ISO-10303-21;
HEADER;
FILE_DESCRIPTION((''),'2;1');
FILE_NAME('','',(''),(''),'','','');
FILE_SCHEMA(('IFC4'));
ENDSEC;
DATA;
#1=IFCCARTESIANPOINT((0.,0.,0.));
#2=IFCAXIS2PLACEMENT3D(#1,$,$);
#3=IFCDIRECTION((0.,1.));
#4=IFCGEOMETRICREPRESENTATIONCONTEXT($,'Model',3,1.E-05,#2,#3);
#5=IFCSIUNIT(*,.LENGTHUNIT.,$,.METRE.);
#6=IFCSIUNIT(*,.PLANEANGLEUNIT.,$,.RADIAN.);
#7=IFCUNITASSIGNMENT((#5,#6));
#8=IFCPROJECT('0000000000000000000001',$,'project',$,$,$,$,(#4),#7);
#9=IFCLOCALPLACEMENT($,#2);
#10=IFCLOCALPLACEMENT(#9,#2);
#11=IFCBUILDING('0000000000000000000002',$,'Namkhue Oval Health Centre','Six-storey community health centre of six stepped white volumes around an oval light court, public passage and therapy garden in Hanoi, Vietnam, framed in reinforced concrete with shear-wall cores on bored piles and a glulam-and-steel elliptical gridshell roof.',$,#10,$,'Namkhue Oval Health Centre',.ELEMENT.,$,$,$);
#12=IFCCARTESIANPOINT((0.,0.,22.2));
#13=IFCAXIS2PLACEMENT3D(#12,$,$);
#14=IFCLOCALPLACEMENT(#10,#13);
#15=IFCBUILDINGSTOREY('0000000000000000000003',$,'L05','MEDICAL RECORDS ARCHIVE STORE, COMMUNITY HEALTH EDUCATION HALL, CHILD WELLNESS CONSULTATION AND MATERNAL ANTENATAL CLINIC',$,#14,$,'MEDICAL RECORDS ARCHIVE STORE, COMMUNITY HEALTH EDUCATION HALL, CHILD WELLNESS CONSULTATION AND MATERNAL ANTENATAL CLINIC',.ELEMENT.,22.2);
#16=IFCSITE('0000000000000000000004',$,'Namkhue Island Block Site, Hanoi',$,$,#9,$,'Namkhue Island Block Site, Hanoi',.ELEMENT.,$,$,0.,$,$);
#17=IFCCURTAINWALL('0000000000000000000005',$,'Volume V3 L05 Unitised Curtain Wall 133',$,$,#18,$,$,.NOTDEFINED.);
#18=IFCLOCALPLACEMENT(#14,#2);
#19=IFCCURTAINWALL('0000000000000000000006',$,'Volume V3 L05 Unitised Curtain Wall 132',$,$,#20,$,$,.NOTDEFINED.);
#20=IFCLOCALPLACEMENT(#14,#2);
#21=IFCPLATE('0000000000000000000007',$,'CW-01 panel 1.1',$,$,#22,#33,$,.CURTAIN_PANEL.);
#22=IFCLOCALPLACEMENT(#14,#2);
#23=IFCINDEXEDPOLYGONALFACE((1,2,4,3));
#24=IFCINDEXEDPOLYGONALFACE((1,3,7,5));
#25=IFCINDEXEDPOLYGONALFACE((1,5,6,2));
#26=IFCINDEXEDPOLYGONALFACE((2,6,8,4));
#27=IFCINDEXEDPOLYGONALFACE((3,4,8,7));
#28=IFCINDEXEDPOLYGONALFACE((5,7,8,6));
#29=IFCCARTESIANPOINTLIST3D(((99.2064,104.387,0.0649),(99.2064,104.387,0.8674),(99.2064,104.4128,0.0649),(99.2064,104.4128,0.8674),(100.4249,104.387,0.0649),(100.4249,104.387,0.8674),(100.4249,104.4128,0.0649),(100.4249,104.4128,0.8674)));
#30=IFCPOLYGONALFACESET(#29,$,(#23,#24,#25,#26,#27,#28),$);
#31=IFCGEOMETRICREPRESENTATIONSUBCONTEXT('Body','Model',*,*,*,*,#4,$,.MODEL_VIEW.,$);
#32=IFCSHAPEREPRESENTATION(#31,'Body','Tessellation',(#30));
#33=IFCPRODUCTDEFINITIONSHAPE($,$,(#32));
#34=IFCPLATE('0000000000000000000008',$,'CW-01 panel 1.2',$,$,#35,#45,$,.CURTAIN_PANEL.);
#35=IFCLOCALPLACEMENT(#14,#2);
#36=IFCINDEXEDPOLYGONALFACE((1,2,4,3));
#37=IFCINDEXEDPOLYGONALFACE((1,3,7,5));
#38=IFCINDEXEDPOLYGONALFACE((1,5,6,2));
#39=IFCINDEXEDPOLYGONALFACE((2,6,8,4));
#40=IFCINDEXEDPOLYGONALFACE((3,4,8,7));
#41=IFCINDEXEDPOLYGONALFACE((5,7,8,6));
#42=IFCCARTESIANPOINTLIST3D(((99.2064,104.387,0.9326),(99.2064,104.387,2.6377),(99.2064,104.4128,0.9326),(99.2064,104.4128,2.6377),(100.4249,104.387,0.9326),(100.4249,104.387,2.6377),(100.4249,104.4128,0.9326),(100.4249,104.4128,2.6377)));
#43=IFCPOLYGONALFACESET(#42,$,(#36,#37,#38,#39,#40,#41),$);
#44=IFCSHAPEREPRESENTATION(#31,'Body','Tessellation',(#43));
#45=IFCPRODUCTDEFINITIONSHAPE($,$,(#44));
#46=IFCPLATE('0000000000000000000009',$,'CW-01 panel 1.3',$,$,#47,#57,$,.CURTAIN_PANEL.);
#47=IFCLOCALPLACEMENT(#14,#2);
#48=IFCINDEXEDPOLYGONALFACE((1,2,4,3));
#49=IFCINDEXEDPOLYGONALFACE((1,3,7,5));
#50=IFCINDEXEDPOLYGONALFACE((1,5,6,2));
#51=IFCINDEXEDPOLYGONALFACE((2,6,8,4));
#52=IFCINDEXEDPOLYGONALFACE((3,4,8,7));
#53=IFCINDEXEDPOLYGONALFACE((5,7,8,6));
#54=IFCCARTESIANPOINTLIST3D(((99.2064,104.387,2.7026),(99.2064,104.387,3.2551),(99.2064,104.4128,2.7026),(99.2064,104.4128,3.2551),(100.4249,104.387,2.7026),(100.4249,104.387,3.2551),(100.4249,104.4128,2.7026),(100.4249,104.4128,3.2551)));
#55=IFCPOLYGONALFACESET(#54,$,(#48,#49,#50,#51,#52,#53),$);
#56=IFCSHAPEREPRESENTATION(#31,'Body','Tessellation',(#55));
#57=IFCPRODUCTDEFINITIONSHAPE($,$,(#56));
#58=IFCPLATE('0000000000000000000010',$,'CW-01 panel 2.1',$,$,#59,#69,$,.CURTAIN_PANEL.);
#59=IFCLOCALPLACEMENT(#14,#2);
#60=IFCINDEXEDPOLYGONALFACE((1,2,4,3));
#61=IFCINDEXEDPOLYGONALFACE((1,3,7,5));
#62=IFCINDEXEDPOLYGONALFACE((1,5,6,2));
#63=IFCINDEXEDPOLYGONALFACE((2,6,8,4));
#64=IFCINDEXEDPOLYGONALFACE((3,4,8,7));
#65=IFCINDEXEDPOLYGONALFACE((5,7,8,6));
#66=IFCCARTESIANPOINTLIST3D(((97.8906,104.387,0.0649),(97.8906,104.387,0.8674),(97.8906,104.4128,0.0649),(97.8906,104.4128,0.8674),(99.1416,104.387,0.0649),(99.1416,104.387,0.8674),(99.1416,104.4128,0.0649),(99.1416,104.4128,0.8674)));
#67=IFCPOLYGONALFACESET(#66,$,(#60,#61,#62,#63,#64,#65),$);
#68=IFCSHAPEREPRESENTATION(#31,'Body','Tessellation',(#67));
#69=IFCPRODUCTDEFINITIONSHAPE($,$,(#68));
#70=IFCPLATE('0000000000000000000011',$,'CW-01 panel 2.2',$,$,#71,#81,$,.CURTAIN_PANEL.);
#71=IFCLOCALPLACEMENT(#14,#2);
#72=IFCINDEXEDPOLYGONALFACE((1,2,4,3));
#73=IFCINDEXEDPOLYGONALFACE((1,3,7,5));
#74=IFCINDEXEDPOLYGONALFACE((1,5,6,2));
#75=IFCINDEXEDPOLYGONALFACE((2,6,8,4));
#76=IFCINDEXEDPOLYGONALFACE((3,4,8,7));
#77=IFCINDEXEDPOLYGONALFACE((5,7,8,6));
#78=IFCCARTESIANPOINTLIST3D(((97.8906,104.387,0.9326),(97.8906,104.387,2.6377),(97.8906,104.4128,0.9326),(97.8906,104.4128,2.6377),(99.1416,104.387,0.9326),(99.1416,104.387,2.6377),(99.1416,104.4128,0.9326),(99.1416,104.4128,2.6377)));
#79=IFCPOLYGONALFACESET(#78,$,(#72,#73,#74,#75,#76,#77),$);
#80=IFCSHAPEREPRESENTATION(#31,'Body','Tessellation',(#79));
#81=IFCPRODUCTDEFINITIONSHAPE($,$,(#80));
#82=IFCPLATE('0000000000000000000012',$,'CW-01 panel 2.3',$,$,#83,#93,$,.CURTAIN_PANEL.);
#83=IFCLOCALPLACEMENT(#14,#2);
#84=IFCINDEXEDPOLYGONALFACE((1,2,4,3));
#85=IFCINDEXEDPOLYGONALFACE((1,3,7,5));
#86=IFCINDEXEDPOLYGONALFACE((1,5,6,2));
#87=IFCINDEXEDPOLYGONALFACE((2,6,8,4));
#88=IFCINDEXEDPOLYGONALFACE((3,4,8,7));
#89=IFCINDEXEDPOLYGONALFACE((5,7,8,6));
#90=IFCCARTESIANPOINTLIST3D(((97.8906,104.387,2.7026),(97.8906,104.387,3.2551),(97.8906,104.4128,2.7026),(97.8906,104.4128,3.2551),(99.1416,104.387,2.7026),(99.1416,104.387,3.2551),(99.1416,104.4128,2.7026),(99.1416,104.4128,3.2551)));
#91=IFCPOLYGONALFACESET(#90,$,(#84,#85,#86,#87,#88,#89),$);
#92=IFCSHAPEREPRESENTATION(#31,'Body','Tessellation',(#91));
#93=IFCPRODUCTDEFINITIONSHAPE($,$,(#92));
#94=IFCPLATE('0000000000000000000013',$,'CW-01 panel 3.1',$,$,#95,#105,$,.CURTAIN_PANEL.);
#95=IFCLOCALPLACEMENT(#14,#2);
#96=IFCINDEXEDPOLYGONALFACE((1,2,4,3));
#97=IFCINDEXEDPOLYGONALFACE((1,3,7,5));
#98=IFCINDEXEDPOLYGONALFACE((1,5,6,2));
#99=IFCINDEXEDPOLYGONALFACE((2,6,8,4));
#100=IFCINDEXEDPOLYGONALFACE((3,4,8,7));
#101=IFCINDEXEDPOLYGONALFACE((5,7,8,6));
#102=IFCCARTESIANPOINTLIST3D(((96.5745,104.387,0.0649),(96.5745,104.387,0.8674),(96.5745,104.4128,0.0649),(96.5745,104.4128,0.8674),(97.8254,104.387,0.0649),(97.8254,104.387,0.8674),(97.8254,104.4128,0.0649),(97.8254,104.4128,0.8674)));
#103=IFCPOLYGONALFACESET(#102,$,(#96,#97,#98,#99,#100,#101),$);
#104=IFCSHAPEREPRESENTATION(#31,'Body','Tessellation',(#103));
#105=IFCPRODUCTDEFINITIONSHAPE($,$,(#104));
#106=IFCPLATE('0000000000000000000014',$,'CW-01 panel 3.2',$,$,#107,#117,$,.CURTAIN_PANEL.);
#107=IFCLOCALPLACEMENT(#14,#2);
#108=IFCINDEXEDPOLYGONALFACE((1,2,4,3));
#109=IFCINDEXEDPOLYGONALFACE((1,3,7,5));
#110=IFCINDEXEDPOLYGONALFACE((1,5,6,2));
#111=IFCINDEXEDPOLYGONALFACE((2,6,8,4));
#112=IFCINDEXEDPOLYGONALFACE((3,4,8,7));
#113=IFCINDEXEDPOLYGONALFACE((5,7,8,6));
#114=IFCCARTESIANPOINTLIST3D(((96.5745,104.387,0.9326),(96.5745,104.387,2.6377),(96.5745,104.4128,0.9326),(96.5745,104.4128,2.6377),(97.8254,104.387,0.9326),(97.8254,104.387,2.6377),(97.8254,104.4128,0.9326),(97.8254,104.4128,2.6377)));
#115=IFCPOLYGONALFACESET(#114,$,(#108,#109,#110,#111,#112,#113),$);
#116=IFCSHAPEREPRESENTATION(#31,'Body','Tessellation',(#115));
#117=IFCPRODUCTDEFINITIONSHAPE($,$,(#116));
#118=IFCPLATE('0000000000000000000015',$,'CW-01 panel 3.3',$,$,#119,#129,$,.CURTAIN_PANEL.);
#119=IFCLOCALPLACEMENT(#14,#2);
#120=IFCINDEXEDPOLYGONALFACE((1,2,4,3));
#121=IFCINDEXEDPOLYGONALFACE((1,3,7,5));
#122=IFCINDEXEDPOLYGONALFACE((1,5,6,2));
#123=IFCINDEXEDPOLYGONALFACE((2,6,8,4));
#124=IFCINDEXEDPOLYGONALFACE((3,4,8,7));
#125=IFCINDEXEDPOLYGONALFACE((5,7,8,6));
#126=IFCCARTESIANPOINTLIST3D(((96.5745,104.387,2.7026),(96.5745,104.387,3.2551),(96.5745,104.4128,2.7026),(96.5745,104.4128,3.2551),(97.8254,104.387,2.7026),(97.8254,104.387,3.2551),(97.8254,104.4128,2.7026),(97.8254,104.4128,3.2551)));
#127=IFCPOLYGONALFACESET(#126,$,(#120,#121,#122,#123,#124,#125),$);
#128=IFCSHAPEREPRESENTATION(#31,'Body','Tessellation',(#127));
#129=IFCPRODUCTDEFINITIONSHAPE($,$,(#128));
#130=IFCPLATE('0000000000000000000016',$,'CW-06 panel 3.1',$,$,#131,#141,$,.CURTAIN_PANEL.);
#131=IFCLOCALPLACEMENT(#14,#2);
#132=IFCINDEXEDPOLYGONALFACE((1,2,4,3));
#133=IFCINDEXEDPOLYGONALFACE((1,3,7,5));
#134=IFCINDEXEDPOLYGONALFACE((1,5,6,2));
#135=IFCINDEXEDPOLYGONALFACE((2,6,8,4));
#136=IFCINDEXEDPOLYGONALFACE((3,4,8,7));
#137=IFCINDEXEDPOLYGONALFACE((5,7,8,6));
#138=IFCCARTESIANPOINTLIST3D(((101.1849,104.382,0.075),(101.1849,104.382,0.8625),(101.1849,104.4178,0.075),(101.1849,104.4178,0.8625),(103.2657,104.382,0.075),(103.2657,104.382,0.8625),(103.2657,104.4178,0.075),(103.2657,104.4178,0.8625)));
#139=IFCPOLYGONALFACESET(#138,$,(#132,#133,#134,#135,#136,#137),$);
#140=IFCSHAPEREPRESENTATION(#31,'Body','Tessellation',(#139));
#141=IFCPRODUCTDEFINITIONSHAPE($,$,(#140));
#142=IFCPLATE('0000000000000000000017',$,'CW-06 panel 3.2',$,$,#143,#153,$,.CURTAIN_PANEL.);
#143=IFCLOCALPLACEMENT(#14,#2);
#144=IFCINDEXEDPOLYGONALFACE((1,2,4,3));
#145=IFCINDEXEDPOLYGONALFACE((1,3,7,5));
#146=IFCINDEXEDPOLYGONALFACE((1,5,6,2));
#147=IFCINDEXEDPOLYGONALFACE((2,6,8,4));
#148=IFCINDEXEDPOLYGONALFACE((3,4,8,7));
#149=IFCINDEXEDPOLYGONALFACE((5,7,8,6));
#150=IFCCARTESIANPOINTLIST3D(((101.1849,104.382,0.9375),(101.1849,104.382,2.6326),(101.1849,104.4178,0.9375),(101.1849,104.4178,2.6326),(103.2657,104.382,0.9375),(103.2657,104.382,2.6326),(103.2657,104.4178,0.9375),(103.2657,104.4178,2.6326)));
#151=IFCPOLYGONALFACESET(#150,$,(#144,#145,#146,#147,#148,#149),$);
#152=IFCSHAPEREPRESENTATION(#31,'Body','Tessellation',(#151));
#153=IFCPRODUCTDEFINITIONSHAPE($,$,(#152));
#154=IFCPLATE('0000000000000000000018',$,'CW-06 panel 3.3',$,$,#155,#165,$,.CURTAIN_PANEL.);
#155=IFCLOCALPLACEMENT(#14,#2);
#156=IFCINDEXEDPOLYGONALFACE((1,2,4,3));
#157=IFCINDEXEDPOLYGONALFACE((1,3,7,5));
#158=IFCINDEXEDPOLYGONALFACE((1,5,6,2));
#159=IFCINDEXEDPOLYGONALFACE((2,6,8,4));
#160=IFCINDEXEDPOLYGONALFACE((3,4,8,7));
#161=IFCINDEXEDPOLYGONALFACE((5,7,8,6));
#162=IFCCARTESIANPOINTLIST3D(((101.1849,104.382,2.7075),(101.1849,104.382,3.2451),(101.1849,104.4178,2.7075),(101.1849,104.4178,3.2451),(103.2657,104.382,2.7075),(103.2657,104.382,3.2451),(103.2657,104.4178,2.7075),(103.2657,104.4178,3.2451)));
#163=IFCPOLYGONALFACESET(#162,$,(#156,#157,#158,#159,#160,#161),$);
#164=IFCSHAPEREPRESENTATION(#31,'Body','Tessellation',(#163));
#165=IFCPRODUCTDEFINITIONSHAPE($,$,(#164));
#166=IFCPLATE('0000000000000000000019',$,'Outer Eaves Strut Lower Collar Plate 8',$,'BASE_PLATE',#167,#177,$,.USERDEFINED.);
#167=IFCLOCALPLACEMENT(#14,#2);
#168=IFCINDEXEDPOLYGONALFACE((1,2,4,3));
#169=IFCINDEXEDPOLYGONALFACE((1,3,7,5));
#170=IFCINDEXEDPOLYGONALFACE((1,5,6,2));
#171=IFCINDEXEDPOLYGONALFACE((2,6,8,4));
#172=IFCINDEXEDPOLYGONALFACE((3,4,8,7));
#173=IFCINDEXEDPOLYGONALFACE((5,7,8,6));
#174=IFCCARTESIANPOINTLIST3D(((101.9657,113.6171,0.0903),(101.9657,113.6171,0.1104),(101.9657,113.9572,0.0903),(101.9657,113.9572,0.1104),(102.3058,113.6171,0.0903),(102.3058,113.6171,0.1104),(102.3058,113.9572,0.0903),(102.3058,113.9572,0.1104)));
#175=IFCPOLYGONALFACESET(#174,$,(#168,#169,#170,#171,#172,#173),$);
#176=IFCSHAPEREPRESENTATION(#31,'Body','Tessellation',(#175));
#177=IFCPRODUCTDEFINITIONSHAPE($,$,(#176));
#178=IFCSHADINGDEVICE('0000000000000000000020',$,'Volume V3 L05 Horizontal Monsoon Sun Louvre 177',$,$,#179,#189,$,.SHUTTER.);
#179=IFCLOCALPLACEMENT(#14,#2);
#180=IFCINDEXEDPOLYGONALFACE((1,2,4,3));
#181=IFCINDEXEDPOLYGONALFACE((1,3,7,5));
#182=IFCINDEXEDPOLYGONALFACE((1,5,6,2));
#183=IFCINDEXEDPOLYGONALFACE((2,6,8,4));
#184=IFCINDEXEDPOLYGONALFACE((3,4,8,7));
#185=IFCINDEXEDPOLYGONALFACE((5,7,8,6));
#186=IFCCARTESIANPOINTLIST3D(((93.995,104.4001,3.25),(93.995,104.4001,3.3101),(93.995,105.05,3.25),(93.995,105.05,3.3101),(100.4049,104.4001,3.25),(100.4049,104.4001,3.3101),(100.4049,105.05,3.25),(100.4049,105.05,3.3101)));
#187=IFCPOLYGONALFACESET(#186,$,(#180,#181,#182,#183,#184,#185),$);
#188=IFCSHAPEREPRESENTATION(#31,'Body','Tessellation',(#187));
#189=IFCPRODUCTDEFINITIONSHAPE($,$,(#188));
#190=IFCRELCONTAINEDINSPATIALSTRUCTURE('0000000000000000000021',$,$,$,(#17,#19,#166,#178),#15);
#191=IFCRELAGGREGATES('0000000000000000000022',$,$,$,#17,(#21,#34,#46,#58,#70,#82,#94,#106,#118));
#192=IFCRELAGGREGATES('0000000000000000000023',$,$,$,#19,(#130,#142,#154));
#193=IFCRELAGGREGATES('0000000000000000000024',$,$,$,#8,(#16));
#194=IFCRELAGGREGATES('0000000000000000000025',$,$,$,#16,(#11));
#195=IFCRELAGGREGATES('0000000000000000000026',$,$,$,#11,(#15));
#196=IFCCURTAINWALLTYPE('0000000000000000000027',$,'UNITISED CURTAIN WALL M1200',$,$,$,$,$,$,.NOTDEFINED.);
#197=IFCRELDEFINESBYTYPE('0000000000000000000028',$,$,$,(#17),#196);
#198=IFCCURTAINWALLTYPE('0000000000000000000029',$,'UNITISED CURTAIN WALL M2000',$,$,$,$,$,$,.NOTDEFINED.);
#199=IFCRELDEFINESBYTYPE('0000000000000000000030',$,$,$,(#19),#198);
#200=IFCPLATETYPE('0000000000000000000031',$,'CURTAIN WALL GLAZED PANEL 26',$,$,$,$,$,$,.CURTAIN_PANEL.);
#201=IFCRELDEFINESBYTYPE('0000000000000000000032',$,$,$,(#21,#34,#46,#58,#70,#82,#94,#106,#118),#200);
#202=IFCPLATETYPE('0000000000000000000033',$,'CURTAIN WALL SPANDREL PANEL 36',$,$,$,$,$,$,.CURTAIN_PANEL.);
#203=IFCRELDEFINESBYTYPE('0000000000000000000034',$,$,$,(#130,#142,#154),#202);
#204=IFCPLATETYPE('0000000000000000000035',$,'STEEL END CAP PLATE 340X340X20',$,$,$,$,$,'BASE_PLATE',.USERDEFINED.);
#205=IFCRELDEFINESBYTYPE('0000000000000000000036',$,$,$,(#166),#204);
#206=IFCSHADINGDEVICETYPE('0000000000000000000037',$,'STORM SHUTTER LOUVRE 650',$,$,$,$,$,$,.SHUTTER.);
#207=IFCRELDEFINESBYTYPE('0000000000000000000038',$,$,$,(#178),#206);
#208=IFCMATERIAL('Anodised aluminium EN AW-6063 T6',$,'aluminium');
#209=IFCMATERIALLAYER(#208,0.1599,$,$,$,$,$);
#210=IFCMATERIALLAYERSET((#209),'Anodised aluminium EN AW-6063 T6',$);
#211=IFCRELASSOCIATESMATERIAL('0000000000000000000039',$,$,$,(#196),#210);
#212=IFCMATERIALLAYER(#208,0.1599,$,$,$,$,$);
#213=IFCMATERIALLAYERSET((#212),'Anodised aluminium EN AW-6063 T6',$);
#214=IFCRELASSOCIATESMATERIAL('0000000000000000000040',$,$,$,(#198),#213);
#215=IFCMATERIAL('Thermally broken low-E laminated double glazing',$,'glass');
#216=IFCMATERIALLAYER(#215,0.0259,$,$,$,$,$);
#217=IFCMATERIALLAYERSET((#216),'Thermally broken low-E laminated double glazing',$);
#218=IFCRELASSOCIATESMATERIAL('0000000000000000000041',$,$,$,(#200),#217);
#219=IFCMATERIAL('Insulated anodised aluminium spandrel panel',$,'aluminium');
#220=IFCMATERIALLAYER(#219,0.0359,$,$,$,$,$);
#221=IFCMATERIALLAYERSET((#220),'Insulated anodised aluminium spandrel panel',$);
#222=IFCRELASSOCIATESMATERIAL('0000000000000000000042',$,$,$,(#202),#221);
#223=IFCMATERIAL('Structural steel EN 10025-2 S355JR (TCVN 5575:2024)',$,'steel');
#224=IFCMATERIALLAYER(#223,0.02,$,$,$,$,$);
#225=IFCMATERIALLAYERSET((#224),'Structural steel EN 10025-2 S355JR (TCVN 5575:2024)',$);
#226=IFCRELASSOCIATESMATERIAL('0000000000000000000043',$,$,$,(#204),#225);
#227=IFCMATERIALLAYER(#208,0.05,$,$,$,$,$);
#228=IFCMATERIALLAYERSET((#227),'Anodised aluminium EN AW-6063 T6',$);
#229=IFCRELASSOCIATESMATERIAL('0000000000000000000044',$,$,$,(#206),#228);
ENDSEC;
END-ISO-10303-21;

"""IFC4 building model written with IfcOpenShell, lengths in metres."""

from ifc_helpers import new_model, si_unit, direction, frame, origin, origin_2d, place, context, subcontext, project, spatial, rectangle, extrude, material, layer, layer_set, type_object, element, aggregate, save


model = new_model("IFC4")

# Units and contexts
model_context = context("Model", 3, precision=1e-05, world=origin(), true_north=direction((0.0, 1.0)))
body_context = subcontext(model_context, "Body", "Model", "MODEL_VIEW")
ifc_project = project(units=[si_unit("LENGTHUNIT", "METRE"), si_unit("PLANEANGLEUNIT", "RADIAN")], contexts=[model_context])

# Site, building, storey
site_placement = place(None, origin())
site = spatial("IfcSite", under=ifc_project, at=site_placement, Name="Namkhue Island Block Site, Hanoi", LongName="Namkhue Island Block Site, Hanoi", CompositionType="ELEMENT", RefElevation=0.0)
building_placement = place(site_placement, origin())
building = spatial("IfcBuilding", under=site, at=building_placement, Name="Namkhue Oval Health Centre", Description="Six-storey community health centre of six stepped white volumes around an oval light court, public passage and therapy garden in Hanoi, Vietnam, framed in reinforced concrete with shear-wall cores on bored piles and a glulam-and-steel elliptical gridshell roof.", LongName="Namkhue Oval Health Centre", CompositionType="ELEMENT")
storey_placement = place(building_placement, frame((0.0, 0.0, 22.2)))
storey = spatial("IfcBuildingStorey", under=building, at=storey_placement, Name="L05", Description="MEDICAL RECORDS ARCHIVE STORE, COMMUNITY HEALTH EDUCATION HALL, CHILD WELLNESS CONSULTATION AND MATERNAL ANTENATAL CLINIC", LongName="MEDICAL RECORDS ARCHIVE STORE, COMMUNITY HEALTH EDUCATION HALL, CHILD WELLNESS CONSULTATION AND MATERNAL ANTENATAL CLINIC", CompositionType="ELEMENT", Elevation=22.2)

# Shared definitions
ifc_material_1 = material(Name="Structural steel EN 10025-2 S355JR (TCVN 5575:2024)", Category="steel")

# Curtain wall
ifc_material_2 = material(Name="Anodised aluminium EN AW-6063 T6", Category="aluminium")
ifc_layer_1 = layer(ifc_material_2, 0.1599)
ifc_layer_set_1 = layer_set([ifc_layer_1], Name="Anodised aluminium EN AW-6063 T6")
curtain_wall_type_1 = type_object("IfcCurtainWallType", Name="UNITISED CURTAIN WALL M1200", PredefinedType="NOTDEFINED", material=ifc_layer_set_1)
curtain_wall_1_placement = place(storey_placement, origin())
curtain_wall_1 = element("IfcCurtainWall", 1, at=curtain_wall_1_placement, inside=storey, type_object=curtain_wall_type_1, Name="Volume V3 L05 Unitised Curtain Wall 133", PredefinedType="NOTDEFINED")

# Curtain wall
ifc_layer_2 = layer(ifc_material_2, 0.1599)
ifc_layer_set_2 = layer_set([ifc_layer_2], Name="Anodised aluminium EN AW-6063 T6")
curtain_wall_type_2 = type_object("IfcCurtainWallType", Name="UNITISED CURTAIN WALL M2000", PredefinedType="NOTDEFINED", material=ifc_layer_set_2)
curtain_wall_2_placement = place(storey_placement, origin())
curtain_wall_2 = element("IfcCurtainWall", 2, at=curtain_wall_2_placement, inside=storey, type_object=curtain_wall_type_2, Name="Volume V3 L05 Unitised Curtain Wall 132", PredefinedType="NOTDEFINED")

# Plates
ifc_material_3 = material(Name="Thermally broken low-E laminated double glazing", Category="glass")
ifc_layer_3 = layer(ifc_material_3, 0.0259)
ifc_layer_set_3 = layer_set([ifc_layer_3], Name="Thermally broken low-E laminated double glazing")
plate_type_1 = type_object("IfcPlateType", Name="CURTAIN WALL GLAZED PANEL 26", PredefinedType="CURTAIN_PANEL", material=ifc_layer_set_3)
plate_1_placement = place(storey_placement, frame((99.8157, 104.3999, 0.0649), z_axis=(0.0, 0.0, 1.0), x_axis=(-1.0, 0.0, 0.0)))
plate_1 = element("IfcPlate", 3, at=plate_1_placement, type_object=plate_type_1, Name="CW-01 panel 1.1", PredefinedType="CURTAIN_PANEL", context=body_context, shape_type="SweptSolid", body=[
    extrude(rectangle(XDim=1.2185, YDim=0.0259, at=origin_2d()), origin(), (0.0, 0.0, 1.0), 0.8025),
])
plate_2_placement = place(storey_placement, frame((99.8157, 104.3999, 0.9326), z_axis=(0.0, 0.0, 1.0), x_axis=(-1.0, 0.0, 0.0)))
plate_2 = element("IfcPlate", 4, at=plate_2_placement, type_object=plate_type_1, Name="CW-01 panel 1.2", PredefinedType="CURTAIN_PANEL", context=body_context, shape_type="SweptSolid", body=[
    extrude(rectangle(XDim=1.2185, YDim=0.0259, at=origin_2d()), origin(), (0.0, 0.0, 1.0), 1.7051),
])
plate_3_placement = place(storey_placement, frame((99.8157, 104.3999, 2.7026), z_axis=(0.0, 0.0, 1.0), x_axis=(-1.0, 0.0, 0.0)))
plate_3 = element("IfcPlate", 5, at=plate_3_placement, type_object=plate_type_1, Name="CW-01 panel 1.3", PredefinedType="CURTAIN_PANEL", context=body_context, shape_type="SweptSolid", body=[
    extrude(rectangle(XDim=1.2185, YDim=0.0259, at=origin_2d()), origin(), (0.0, 0.0, 1.0), 0.5525),
])
plate_4_placement = place(storey_placement, frame((98.5161, 104.3999, 0.0649), z_axis=(0.0, 0.0, 1.0), x_axis=(-1.0, 0.0, 0.0)))
plate_4 = element("IfcPlate", 6, at=plate_4_placement, type_object=plate_type_1, Name="CW-01 panel 2.1", PredefinedType="CURTAIN_PANEL", context=body_context, shape_type="SweptSolid", body=[
    extrude(rectangle(XDim=1.251, YDim=0.0259, at=origin_2d()), origin(), (0.0, 0.0, 1.0), 0.8025),
])
plate_5_placement = place(storey_placement, frame((98.5161, 104.3999, 0.9326), z_axis=(0.0, 0.0, 1.0), x_axis=(-1.0, 0.0, 0.0)))
plate_5 = element("IfcPlate", 7, at=plate_5_placement, type_object=plate_type_1, Name="CW-01 panel 2.2", PredefinedType="CURTAIN_PANEL", context=body_context, shape_type="SweptSolid", body=[
    extrude(rectangle(XDim=1.251, YDim=0.0259, at=origin_2d()), origin(), (0.0, 0.0, 1.0), 1.7051),
])
plate_6_placement = place(storey_placement, frame((98.5161, 104.3999, 2.7026), z_axis=(0.0, 0.0, 1.0), x_axis=(-1.0, 0.0, 0.0)))
plate_6 = element("IfcPlate", 8, at=plate_6_placement, type_object=plate_type_1, Name="CW-01 panel 2.3", PredefinedType="CURTAIN_PANEL", context=body_context, shape_type="SweptSolid", body=[
    extrude(rectangle(XDim=1.251, YDim=0.0259, at=origin_2d()), origin(), (0.0, 0.0, 1.0), 0.5525),
])
plate_7_placement = place(storey_placement, frame((97.2, 104.3999, 0.0649), z_axis=(0.0, 0.0, 1.0), x_axis=(-1.0, 0.0, 0.0)))
plate_7 = element("IfcPlate", 9, at=plate_7_placement, type_object=plate_type_1, Name="CW-01 panel 3.1", PredefinedType="CURTAIN_PANEL", context=body_context, shape_type="SweptSolid", body=[
    extrude(rectangle(XDim=1.251, YDim=0.0259, at=origin_2d()), origin(), (0.0, 0.0, 1.0), 0.8025),
])
plate_8_placement = place(storey_placement, frame((97.2, 104.3999, 0.9326), z_axis=(0.0, 0.0, 1.0), x_axis=(-1.0, 0.0, 0.0)))
plate_8 = element("IfcPlate", 10, at=plate_8_placement, type_object=plate_type_1, Name="CW-01 panel 3.2", PredefinedType="CURTAIN_PANEL", context=body_context, shape_type="SweptSolid", body=[
    extrude(rectangle(XDim=1.251, YDim=0.0259, at=origin_2d()), origin(), (0.0, 0.0, 1.0), 1.7051),
])
plate_9_placement = place(storey_placement, frame((97.2, 104.3999, 2.7026), z_axis=(0.0, 0.0, 1.0), x_axis=(-1.0, 0.0, 0.0)))
plate_9 = element("IfcPlate", 11, at=plate_9_placement, type_object=plate_type_1, Name="CW-01 panel 3.3", PredefinedType="CURTAIN_PANEL", context=body_context, shape_type="SweptSolid", body=[
    extrude(rectangle(XDim=1.251, YDim=0.0259, at=origin_2d()), origin(), (0.0, 0.0, 1.0), 0.5525),
])
aggregate(curtain_wall_1, [plate_1, plate_2, plate_3, plate_4, plate_5, plate_6, plate_7, plate_8, plate_9])
ifc_material_4 = material(Name="Insulated anodised aluminium spandrel panel", Category="aluminium")
ifc_layer_4 = layer(ifc_material_4, 0.0359)
ifc_layer_set_4 = layer_set([ifc_layer_4], Name="Insulated anodised aluminium spandrel panel")
plate_type_2 = type_object("IfcPlateType", Name="CURTAIN WALL SPANDREL PANEL 36", PredefinedType="CURTAIN_PANEL", material=ifc_layer_set_4)
plate_10_placement = place(storey_placement, frame((102.2253, 104.3999, 0.075), z_axis=(0.0, 0.0, 1.0), x_axis=(-1.0, 0.0, 0.0)))
plate_10 = element("IfcPlate", 12, at=plate_10_placement, type_object=plate_type_2, Name="CW-06 panel 3.1", PredefinedType="CURTAIN_PANEL", context=body_context, shape_type="SweptSolid", body=[
    extrude(rectangle(XDim=2.0808, YDim=0.0359, at=origin_2d()), origin(), (0.0, 0.0, 1.0), 0.7876),
])
plate_11_placement = place(storey_placement, frame((102.2253, 104.3999, 0.9375), z_axis=(0.0, 0.0, 1.0), x_axis=(-1.0, 0.0, 0.0)))
plate_11 = element("IfcPlate", 13, at=plate_11_placement, type_object=plate_type_2, Name="CW-06 panel 3.2", PredefinedType="CURTAIN_PANEL", context=body_context, shape_type="SweptSolid", body=[
    extrude(rectangle(XDim=2.0808, YDim=0.0359, at=origin_2d()), origin(), (0.0, 0.0, 1.0), 1.6951),
])
plate_12_placement = place(storey_placement, frame((102.2253, 104.3999, 2.7075), z_axis=(0.0, 0.0, 1.0), x_axis=(-1.0, 0.0, 0.0)))
plate_12 = element("IfcPlate", 14, at=plate_12_placement, type_object=plate_type_2, Name="CW-06 panel 3.3", PredefinedType="CURTAIN_PANEL", context=body_context, shape_type="SweptSolid", body=[
    extrude(rectangle(XDim=2.0808, YDim=0.0359, at=origin_2d()), origin(), (0.0, 0.0, 1.0), 0.5376),
])
aggregate(curtain_wall_2, [plate_10, plate_11, plate_12])
ifc_layer_5 = layer(ifc_material_1, 0.02)
ifc_layer_set_5 = layer_set([ifc_layer_5], Name="Structural steel EN 10025-2 S355JR (TCVN 5575:2024)")
plate_type_3 = type_object("IfcPlateType", Name="STEEL END CAP PLATE 340X340X20", ElementType="BASE_PLATE", PredefinedType="USERDEFINED", material=ifc_layer_set_5)
plate_13_placement = place(storey_placement, frame((102.1357, 113.7871, 0.0903), z_axis=(0.0, 0.0, 1.0), x_axis=(1.0, 0.0, 0.0)))
element("IfcPlate", 15, at=plate_13_placement, inside=storey, type_object=plate_type_3, Name="Outer Eaves Strut Lower Collar Plate 8", ObjectType="BASE_PLATE", PredefinedType="USERDEFINED", context=body_context, shape_type="SweptSolid", body=[
    extrude(rectangle(XDim=0.3401, YDim=0.3401, at=origin_2d()), origin(), (0.0, 0.0, 1.0), 0.02),
])

# Shading device
ifc_layer_6 = layer(ifc_material_2, 0.05)
ifc_layer_set_6 = layer_set([ifc_layer_6], Name="Anodised aluminium EN AW-6063 T6")
shading_device_type = type_object("IfcShadingDeviceType", Name="STORM SHUTTER LOUVRE 650", PredefinedType="SHUTTER", material=ifc_layer_set_6)
shading_device_placement = place(storey_placement, frame((97.2, 104.7251, 3.25), z_axis=(0.0, 0.0, 1.0), x_axis=(-1.0, 0.0, 0.0)))
element("IfcShadingDevice", 16, at=shading_device_placement, inside=storey, type_object=shading_device_type, Name="Volume V3 L05 Horizontal Monsoon Sun Louvre 177", PredefinedType="SHUTTER", context=body_context, shape_type="SweptSolid", body=[
    extrude(rectangle(XDim=6.4099, YDim=0.6499, at=origin_2d()), origin(), (0.0, 0.0, 1.0), 0.0601),
])

save(model, "model.ifc")
